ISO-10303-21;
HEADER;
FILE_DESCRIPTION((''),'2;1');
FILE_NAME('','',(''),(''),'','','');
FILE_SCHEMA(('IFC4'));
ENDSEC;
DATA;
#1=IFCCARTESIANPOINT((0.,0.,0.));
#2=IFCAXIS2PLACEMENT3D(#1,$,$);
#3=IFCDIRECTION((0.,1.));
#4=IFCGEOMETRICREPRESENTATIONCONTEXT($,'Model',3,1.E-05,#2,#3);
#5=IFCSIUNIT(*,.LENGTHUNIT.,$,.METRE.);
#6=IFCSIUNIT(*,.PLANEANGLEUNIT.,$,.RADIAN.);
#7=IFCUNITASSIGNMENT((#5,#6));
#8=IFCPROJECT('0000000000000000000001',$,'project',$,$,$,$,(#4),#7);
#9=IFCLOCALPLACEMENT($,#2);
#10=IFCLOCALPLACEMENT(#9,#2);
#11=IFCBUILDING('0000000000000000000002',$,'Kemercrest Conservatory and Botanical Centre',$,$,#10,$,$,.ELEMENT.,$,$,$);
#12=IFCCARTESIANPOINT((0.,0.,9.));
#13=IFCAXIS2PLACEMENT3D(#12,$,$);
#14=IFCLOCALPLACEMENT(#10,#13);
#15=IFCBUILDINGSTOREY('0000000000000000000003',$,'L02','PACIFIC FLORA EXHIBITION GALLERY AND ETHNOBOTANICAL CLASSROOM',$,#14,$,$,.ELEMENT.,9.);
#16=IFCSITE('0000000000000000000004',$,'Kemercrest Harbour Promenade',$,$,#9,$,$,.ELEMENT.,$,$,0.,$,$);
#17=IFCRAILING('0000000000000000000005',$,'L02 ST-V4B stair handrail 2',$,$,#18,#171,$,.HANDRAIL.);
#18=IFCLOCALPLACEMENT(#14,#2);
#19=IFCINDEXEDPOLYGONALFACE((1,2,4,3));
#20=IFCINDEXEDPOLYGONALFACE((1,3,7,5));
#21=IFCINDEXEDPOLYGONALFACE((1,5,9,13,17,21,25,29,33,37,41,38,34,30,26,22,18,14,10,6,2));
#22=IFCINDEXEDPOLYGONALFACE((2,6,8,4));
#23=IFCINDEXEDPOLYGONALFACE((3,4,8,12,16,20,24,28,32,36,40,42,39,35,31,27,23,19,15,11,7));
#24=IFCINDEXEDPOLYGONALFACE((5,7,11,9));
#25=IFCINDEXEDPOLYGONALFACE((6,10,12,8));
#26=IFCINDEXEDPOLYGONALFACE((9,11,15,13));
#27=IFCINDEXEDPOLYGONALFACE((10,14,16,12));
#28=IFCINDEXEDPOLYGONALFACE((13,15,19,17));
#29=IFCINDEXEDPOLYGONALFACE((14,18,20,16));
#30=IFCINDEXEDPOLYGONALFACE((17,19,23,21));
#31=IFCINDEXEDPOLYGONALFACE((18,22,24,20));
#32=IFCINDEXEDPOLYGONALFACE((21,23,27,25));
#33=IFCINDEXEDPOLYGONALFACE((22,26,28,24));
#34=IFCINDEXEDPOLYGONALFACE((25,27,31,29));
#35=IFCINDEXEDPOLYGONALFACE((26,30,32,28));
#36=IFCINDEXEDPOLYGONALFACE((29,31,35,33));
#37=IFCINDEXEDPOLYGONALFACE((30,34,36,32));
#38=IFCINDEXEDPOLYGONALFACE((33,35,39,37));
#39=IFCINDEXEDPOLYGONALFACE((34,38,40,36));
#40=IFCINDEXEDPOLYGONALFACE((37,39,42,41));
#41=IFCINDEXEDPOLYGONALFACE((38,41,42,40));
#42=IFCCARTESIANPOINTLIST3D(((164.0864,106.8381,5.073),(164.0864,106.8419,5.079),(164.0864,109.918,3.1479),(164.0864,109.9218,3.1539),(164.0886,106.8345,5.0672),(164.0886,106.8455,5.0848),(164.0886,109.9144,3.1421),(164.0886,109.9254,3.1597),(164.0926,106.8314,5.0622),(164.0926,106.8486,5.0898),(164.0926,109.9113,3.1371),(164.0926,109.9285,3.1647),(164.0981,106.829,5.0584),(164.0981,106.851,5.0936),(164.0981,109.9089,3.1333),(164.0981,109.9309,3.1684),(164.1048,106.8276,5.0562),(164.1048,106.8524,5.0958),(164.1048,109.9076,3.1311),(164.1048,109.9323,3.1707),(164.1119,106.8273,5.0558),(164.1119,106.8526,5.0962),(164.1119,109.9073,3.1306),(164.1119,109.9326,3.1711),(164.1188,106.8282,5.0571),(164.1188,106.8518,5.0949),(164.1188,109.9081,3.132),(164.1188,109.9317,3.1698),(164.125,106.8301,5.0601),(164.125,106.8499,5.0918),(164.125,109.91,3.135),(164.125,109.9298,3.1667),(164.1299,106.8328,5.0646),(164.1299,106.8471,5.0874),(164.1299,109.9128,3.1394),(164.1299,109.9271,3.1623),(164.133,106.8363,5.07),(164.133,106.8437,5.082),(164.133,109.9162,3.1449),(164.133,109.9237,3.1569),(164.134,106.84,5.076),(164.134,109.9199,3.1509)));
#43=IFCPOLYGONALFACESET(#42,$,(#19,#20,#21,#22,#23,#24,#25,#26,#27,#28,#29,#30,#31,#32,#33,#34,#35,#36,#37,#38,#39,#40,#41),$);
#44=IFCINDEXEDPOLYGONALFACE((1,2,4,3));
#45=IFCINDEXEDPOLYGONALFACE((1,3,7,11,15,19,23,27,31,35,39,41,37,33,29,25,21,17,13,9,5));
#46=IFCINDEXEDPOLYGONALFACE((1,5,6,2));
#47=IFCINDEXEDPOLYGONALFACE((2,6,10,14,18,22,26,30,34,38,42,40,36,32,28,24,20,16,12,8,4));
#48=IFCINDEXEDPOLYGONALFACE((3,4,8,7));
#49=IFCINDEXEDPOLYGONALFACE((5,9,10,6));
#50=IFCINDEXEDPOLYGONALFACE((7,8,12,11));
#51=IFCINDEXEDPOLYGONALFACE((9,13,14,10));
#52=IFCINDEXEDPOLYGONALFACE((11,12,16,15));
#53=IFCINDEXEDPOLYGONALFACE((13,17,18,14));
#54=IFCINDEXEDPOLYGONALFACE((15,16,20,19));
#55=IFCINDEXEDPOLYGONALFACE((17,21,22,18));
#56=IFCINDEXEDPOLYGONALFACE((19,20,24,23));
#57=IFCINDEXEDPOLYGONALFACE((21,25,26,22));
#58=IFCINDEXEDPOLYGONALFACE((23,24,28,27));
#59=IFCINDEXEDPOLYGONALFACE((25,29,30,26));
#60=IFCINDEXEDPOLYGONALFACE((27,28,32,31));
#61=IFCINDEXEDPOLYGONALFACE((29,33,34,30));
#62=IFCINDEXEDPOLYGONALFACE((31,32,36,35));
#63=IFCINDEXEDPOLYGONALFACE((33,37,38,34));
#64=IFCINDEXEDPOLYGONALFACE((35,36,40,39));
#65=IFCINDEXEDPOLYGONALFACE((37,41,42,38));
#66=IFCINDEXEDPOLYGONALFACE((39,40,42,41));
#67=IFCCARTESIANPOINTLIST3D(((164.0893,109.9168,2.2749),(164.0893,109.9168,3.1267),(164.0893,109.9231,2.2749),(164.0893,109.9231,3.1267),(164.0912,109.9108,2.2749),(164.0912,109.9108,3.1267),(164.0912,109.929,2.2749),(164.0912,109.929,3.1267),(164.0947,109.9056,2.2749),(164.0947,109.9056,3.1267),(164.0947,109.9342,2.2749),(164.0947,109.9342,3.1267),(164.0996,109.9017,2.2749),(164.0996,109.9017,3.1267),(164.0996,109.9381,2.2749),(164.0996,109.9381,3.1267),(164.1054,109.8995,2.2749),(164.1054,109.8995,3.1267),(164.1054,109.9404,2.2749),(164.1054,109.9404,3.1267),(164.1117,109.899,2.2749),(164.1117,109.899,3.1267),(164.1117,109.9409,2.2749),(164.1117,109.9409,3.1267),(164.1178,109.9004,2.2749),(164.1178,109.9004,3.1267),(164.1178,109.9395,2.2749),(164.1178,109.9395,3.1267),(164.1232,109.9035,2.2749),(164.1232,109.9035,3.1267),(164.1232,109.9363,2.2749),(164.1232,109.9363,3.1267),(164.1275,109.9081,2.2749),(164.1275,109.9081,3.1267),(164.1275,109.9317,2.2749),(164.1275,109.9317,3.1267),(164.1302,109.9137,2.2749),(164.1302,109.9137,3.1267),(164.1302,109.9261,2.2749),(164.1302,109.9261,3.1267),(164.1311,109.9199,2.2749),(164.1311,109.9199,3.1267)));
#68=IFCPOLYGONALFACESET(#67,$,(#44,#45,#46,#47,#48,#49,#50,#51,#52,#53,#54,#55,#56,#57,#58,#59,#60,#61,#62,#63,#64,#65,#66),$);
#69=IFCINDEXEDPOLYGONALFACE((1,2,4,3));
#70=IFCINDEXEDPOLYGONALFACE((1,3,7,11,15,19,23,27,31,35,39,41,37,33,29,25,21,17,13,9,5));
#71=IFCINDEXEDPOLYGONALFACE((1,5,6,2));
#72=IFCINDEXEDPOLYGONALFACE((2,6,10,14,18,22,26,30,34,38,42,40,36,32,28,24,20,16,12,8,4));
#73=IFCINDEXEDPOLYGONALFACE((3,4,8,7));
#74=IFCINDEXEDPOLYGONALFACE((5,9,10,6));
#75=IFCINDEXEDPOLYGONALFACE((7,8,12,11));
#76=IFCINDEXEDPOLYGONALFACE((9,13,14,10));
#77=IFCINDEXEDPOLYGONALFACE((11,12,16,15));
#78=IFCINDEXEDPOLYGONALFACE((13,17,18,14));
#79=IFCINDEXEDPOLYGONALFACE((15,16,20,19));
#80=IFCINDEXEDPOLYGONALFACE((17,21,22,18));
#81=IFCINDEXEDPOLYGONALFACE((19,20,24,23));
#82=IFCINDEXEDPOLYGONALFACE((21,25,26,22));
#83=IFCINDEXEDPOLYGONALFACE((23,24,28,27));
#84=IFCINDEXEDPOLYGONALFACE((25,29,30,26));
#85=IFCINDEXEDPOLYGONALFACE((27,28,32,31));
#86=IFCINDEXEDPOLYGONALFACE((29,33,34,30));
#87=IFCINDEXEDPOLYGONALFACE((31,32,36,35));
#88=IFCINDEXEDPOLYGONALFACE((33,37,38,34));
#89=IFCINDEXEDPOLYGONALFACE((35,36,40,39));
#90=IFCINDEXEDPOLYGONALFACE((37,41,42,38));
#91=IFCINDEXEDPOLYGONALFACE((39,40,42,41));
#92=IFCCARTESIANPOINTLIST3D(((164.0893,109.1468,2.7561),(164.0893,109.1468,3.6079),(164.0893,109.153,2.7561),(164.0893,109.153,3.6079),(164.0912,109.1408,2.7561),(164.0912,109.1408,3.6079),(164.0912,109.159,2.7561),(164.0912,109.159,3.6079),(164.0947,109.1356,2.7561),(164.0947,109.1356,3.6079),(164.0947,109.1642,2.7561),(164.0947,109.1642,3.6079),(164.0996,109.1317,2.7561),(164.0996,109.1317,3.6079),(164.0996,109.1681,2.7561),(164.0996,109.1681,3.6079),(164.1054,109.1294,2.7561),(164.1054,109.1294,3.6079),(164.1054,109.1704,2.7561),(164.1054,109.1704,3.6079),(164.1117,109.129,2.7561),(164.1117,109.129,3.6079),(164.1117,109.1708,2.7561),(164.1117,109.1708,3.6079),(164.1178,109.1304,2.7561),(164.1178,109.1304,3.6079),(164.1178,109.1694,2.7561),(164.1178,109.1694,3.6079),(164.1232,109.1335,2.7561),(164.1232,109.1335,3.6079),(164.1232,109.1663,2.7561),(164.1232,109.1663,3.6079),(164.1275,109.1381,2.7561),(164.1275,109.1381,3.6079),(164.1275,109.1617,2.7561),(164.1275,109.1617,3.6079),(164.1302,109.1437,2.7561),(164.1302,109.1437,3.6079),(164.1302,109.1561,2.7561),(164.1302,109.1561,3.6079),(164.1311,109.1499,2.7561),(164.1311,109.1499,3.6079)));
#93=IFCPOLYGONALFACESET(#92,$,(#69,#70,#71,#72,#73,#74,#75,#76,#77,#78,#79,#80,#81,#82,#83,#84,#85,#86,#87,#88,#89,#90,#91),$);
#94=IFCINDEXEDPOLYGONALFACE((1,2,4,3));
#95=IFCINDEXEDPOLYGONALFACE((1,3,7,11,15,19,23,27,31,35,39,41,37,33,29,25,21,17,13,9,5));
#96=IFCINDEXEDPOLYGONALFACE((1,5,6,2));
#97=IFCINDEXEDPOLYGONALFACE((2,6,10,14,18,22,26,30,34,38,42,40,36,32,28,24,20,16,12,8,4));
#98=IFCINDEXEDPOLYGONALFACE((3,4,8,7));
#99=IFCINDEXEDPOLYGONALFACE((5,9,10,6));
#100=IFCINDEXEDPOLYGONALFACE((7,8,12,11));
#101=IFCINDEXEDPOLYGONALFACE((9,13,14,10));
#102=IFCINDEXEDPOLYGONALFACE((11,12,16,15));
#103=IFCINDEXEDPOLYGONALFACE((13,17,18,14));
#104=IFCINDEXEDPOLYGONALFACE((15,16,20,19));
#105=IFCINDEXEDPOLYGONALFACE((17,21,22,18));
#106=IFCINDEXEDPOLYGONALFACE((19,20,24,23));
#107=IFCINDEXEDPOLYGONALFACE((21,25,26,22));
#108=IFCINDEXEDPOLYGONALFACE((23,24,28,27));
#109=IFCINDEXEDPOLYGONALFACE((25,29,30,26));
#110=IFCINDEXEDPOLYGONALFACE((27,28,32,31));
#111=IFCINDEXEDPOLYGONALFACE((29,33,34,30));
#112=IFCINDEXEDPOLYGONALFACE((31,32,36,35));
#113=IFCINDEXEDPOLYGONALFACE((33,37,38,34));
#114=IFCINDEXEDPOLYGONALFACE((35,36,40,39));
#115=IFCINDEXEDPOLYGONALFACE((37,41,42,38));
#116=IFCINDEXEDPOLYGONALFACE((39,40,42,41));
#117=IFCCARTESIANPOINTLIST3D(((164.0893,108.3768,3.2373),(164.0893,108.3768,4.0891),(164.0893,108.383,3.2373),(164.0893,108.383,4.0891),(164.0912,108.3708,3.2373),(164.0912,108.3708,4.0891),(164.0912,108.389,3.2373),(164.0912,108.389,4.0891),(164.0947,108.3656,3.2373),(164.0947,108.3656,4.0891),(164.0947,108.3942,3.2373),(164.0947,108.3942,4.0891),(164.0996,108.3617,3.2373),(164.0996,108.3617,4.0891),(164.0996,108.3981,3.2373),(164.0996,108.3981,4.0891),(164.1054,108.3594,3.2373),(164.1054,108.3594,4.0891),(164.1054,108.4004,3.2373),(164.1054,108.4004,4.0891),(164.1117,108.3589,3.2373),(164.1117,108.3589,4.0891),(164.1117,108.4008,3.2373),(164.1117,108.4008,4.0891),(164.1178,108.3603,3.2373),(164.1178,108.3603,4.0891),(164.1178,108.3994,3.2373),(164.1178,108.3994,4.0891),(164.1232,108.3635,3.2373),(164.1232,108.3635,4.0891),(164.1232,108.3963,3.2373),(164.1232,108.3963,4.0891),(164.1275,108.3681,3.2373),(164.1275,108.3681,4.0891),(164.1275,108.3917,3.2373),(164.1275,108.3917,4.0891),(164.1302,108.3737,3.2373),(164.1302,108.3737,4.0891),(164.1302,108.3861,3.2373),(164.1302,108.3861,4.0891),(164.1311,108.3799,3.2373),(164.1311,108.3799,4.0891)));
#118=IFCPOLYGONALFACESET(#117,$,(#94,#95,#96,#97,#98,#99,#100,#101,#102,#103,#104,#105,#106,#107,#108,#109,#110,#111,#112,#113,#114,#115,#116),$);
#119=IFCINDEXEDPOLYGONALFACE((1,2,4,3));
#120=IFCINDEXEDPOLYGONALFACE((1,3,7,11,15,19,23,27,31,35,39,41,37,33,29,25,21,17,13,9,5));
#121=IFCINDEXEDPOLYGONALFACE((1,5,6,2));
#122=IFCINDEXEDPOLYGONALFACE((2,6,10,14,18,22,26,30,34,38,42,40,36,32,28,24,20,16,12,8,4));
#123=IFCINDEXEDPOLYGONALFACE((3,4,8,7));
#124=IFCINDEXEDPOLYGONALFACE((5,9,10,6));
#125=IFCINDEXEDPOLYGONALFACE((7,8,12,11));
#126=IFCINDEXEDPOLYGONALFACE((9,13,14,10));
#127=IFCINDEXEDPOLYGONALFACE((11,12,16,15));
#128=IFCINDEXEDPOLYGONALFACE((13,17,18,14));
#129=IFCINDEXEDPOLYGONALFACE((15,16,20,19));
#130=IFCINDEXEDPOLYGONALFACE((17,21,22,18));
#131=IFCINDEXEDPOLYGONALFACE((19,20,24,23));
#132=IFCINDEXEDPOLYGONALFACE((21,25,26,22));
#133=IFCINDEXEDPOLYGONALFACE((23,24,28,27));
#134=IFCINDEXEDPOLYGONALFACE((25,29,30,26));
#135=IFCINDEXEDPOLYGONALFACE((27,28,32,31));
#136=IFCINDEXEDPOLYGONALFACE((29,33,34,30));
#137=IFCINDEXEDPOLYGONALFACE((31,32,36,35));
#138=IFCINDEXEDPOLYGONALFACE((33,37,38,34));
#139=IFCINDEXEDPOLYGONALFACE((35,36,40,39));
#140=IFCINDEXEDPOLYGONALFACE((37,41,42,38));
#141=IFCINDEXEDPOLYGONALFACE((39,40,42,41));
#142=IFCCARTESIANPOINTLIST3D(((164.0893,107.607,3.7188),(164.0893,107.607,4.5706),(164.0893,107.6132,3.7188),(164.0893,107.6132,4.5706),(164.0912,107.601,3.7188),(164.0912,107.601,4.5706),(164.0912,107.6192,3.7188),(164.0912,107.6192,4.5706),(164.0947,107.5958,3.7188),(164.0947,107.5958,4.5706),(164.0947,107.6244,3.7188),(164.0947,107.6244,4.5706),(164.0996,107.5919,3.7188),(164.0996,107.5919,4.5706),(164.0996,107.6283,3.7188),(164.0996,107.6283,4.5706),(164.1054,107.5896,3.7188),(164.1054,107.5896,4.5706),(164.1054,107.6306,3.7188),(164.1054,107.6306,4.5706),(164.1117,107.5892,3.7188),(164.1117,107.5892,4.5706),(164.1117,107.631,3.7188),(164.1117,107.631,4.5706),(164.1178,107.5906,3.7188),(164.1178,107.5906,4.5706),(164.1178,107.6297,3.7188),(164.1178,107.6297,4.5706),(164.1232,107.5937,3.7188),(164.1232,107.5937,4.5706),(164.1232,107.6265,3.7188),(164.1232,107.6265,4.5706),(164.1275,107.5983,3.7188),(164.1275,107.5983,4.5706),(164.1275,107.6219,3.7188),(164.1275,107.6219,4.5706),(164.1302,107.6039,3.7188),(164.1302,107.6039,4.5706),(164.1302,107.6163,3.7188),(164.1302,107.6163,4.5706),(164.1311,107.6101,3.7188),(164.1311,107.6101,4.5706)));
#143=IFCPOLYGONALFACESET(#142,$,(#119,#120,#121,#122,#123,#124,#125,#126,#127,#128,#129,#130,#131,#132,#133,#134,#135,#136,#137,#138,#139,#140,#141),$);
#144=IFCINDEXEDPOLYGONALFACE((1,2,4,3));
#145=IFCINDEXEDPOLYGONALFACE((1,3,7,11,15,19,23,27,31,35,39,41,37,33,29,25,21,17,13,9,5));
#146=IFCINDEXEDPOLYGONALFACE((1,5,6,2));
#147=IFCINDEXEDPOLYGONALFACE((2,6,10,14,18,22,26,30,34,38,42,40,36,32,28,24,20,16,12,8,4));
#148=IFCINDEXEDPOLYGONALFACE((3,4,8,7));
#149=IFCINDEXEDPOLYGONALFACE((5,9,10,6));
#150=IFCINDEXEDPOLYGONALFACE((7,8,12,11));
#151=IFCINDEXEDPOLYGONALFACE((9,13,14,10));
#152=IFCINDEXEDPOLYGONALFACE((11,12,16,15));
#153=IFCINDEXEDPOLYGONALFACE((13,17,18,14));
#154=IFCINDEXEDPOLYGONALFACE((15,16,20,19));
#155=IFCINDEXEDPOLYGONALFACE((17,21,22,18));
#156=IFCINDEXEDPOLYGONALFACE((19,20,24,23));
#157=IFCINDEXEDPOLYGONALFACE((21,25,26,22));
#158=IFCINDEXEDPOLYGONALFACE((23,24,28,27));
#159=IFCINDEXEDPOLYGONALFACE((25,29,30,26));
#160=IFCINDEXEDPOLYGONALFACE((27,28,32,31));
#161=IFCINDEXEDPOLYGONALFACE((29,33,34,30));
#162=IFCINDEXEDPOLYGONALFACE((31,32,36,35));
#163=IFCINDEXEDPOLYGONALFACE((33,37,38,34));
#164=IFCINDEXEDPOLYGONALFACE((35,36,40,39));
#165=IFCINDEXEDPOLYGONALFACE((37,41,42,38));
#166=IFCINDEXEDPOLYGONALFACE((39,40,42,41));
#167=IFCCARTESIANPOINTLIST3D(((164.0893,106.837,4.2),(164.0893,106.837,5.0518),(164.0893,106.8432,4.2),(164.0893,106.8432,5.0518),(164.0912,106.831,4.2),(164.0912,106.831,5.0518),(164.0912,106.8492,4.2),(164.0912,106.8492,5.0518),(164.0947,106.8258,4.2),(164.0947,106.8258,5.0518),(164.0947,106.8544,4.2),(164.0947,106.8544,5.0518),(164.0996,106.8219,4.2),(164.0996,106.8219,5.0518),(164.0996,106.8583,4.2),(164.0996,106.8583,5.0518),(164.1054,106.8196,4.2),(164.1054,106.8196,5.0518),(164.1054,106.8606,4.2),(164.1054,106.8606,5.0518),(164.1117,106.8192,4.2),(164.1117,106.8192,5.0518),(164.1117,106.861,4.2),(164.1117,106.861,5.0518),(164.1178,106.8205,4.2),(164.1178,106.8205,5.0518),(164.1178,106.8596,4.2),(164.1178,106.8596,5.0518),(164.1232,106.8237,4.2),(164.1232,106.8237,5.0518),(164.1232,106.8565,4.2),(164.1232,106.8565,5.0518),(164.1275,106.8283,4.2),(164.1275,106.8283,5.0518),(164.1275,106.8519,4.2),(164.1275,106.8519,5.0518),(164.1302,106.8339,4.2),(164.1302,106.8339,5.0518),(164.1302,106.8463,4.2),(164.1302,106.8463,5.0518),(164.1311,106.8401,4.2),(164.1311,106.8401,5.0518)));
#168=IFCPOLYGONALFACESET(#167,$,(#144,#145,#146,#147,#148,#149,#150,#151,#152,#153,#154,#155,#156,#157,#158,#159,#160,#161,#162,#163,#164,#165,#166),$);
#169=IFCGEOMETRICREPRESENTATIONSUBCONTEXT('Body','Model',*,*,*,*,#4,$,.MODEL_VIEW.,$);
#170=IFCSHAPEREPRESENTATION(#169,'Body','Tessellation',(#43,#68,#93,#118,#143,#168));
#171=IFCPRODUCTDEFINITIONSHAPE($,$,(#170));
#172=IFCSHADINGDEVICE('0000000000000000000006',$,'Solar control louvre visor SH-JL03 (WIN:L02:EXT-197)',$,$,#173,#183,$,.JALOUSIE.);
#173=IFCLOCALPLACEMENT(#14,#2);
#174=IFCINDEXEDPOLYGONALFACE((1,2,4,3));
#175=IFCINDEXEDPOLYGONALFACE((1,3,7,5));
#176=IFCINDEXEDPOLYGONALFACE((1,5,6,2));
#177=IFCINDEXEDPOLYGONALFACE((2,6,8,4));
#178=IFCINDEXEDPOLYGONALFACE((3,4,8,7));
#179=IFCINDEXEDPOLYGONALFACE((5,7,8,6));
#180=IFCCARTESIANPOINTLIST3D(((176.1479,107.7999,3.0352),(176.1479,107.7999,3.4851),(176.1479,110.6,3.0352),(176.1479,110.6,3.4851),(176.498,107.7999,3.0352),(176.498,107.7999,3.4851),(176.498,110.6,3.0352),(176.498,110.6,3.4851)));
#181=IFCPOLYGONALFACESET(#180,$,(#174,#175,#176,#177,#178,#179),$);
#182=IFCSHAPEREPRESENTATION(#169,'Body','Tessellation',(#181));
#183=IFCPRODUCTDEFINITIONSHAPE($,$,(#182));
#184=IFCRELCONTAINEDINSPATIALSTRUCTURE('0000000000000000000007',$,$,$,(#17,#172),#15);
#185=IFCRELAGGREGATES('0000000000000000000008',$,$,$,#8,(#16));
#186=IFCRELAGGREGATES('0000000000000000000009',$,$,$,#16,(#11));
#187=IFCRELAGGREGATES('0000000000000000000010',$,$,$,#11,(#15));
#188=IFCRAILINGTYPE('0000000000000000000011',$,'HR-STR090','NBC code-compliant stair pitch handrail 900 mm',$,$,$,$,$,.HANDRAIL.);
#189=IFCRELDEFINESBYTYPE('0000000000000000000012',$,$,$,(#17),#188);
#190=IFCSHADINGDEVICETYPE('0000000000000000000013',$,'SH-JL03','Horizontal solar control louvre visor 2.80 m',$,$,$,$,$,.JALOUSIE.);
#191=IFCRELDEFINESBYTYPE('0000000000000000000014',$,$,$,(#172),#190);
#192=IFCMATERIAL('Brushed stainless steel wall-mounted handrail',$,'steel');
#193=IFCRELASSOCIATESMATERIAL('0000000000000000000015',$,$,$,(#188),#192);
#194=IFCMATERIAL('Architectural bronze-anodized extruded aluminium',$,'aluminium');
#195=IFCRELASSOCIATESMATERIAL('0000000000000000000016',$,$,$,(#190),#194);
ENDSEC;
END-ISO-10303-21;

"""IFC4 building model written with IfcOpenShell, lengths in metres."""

from ifc_helpers import new_model, si_unit, direction, frame, origin, origin_2d, place, context, subcontext, project, spatial, rectangle, circle, extrude, material, type_object, element, save


model = new_model("IFC4")

# Units and contexts
model_context = context("Model", 3, precision=1e-05, world=origin(), true_north=direction((0.0, 1.0)))
body_context = subcontext(model_context, "Body", "Model", "MODEL_VIEW")
ifc_project = project(units=[si_unit("LENGTHUNIT", "METRE"), si_unit("PLANEANGLEUNIT", "RADIAN")], contexts=[model_context])

# Site, building, storey
site_placement = place(None, origin())
site = spatial("IfcSite", under=ifc_project, at=site_placement, Name="Kemercrest Harbour Promenade", CompositionType="ELEMENT", RefElevation=0.0)
building_placement = place(site_placement, origin())
building = spatial("IfcBuilding", under=site, at=building_placement, Name="Kemercrest Conservatory and Botanical Centre", CompositionType="ELEMENT")
storey_placement = place(building_placement, frame((0.0, 0.0, 9.0)))
storey = spatial("IfcBuildingStorey", under=building, at=storey_placement, Name="L02", Description="PACIFIC FLORA EXHIBITION GALLERY AND ETHNOBOTANICAL CLASSROOM", CompositionType="ELEMENT", Elevation=9.0)

# Railing
ifc_material_1 = material(Name="Brushed stainless steel wall-mounted handrail", Category="steel")
railing_type_1 = type_object("IfcRailingType", Name="HR-STR090", Description="NBC code-compliant stair pitch handrail 900 mm", PredefinedType="HANDRAIL", material=ifc_material_1)
railing_1_placement = place(storey_placement, frame((164.1101, 109.9199, 2.2749)))
element("IfcRailing", 1, at=railing_1_placement, inside=storey, type_object=railing_type_1, Name="L02 ST-V4B stair handrail 2", PredefinedType="HANDRAIL", context=body_context, shape_type="SweptSolid", body=[
    extrude(circle(Radius=0.0239, at=origin_2d()), frame((0.0, 0.0, 0.876), z_axis=(0.0, -0.847979, 0.530029), x_axis=(1.0, 0.0, 0.0)), (0.0, 0.0, 1.0), 3.6321),
    extrude(circle(Radius=0.021, at=origin_2d()), origin(), (0.0, 0.0, 1.0), 0.8518),
    extrude(circle(Radius=0.021, at=origin_2d()), frame((0.0, -0.77, 0.4812)), (0.0, 0.0, 1.0), 0.8518),
    extrude(circle(Radius=0.021, at=origin_2d()), frame((0.0, -1.54, 0.9624)), (0.0, 0.0, 1.0), 0.8518),
    extrude(circle(Radius=0.021, at=origin_2d()), frame((0.0, -2.3098, 1.4438)), (0.0, 0.0, 1.0), 0.8518),
    extrude(circle(Radius=0.021, at=origin_2d()), frame((0.0, -3.0798, 1.925)), (0.0, 0.0, 1.0), 0.8518),
])

# Shading device
ifc_material_2 = material(Name="Architectural bronze-anodized extruded aluminium", Category="aluminium")
shading_device_type = type_object("IfcShadingDeviceType", Name="SH-JL03", Description="Horizontal solar control louvre visor 2.80 m", PredefinedType="JALOUSIE", material=ifc_material_2)
shading_device_placement = place(storey_placement, frame((176.323, 109.2, 3.0352), z_axis=(0.0, 0.0, 1.0), x_axis=(0.0, 1.0, 0.0)))
element("IfcShadingDevice", 2, at=shading_device_placement, inside=storey, type_object=shading_device_type, Name="Solar control louvre visor SH-JL03 (WIN:L02:EXT-197)", PredefinedType="JALOUSIE", context=body_context, shape_type="SweptSolid", body=[
    extrude(rectangle(XDim=2.8, YDim=0.3501, at=origin_2d()), origin(), (0.0, 0.0, 1.0), 0.45),
])

save(model, "model.ifc")
